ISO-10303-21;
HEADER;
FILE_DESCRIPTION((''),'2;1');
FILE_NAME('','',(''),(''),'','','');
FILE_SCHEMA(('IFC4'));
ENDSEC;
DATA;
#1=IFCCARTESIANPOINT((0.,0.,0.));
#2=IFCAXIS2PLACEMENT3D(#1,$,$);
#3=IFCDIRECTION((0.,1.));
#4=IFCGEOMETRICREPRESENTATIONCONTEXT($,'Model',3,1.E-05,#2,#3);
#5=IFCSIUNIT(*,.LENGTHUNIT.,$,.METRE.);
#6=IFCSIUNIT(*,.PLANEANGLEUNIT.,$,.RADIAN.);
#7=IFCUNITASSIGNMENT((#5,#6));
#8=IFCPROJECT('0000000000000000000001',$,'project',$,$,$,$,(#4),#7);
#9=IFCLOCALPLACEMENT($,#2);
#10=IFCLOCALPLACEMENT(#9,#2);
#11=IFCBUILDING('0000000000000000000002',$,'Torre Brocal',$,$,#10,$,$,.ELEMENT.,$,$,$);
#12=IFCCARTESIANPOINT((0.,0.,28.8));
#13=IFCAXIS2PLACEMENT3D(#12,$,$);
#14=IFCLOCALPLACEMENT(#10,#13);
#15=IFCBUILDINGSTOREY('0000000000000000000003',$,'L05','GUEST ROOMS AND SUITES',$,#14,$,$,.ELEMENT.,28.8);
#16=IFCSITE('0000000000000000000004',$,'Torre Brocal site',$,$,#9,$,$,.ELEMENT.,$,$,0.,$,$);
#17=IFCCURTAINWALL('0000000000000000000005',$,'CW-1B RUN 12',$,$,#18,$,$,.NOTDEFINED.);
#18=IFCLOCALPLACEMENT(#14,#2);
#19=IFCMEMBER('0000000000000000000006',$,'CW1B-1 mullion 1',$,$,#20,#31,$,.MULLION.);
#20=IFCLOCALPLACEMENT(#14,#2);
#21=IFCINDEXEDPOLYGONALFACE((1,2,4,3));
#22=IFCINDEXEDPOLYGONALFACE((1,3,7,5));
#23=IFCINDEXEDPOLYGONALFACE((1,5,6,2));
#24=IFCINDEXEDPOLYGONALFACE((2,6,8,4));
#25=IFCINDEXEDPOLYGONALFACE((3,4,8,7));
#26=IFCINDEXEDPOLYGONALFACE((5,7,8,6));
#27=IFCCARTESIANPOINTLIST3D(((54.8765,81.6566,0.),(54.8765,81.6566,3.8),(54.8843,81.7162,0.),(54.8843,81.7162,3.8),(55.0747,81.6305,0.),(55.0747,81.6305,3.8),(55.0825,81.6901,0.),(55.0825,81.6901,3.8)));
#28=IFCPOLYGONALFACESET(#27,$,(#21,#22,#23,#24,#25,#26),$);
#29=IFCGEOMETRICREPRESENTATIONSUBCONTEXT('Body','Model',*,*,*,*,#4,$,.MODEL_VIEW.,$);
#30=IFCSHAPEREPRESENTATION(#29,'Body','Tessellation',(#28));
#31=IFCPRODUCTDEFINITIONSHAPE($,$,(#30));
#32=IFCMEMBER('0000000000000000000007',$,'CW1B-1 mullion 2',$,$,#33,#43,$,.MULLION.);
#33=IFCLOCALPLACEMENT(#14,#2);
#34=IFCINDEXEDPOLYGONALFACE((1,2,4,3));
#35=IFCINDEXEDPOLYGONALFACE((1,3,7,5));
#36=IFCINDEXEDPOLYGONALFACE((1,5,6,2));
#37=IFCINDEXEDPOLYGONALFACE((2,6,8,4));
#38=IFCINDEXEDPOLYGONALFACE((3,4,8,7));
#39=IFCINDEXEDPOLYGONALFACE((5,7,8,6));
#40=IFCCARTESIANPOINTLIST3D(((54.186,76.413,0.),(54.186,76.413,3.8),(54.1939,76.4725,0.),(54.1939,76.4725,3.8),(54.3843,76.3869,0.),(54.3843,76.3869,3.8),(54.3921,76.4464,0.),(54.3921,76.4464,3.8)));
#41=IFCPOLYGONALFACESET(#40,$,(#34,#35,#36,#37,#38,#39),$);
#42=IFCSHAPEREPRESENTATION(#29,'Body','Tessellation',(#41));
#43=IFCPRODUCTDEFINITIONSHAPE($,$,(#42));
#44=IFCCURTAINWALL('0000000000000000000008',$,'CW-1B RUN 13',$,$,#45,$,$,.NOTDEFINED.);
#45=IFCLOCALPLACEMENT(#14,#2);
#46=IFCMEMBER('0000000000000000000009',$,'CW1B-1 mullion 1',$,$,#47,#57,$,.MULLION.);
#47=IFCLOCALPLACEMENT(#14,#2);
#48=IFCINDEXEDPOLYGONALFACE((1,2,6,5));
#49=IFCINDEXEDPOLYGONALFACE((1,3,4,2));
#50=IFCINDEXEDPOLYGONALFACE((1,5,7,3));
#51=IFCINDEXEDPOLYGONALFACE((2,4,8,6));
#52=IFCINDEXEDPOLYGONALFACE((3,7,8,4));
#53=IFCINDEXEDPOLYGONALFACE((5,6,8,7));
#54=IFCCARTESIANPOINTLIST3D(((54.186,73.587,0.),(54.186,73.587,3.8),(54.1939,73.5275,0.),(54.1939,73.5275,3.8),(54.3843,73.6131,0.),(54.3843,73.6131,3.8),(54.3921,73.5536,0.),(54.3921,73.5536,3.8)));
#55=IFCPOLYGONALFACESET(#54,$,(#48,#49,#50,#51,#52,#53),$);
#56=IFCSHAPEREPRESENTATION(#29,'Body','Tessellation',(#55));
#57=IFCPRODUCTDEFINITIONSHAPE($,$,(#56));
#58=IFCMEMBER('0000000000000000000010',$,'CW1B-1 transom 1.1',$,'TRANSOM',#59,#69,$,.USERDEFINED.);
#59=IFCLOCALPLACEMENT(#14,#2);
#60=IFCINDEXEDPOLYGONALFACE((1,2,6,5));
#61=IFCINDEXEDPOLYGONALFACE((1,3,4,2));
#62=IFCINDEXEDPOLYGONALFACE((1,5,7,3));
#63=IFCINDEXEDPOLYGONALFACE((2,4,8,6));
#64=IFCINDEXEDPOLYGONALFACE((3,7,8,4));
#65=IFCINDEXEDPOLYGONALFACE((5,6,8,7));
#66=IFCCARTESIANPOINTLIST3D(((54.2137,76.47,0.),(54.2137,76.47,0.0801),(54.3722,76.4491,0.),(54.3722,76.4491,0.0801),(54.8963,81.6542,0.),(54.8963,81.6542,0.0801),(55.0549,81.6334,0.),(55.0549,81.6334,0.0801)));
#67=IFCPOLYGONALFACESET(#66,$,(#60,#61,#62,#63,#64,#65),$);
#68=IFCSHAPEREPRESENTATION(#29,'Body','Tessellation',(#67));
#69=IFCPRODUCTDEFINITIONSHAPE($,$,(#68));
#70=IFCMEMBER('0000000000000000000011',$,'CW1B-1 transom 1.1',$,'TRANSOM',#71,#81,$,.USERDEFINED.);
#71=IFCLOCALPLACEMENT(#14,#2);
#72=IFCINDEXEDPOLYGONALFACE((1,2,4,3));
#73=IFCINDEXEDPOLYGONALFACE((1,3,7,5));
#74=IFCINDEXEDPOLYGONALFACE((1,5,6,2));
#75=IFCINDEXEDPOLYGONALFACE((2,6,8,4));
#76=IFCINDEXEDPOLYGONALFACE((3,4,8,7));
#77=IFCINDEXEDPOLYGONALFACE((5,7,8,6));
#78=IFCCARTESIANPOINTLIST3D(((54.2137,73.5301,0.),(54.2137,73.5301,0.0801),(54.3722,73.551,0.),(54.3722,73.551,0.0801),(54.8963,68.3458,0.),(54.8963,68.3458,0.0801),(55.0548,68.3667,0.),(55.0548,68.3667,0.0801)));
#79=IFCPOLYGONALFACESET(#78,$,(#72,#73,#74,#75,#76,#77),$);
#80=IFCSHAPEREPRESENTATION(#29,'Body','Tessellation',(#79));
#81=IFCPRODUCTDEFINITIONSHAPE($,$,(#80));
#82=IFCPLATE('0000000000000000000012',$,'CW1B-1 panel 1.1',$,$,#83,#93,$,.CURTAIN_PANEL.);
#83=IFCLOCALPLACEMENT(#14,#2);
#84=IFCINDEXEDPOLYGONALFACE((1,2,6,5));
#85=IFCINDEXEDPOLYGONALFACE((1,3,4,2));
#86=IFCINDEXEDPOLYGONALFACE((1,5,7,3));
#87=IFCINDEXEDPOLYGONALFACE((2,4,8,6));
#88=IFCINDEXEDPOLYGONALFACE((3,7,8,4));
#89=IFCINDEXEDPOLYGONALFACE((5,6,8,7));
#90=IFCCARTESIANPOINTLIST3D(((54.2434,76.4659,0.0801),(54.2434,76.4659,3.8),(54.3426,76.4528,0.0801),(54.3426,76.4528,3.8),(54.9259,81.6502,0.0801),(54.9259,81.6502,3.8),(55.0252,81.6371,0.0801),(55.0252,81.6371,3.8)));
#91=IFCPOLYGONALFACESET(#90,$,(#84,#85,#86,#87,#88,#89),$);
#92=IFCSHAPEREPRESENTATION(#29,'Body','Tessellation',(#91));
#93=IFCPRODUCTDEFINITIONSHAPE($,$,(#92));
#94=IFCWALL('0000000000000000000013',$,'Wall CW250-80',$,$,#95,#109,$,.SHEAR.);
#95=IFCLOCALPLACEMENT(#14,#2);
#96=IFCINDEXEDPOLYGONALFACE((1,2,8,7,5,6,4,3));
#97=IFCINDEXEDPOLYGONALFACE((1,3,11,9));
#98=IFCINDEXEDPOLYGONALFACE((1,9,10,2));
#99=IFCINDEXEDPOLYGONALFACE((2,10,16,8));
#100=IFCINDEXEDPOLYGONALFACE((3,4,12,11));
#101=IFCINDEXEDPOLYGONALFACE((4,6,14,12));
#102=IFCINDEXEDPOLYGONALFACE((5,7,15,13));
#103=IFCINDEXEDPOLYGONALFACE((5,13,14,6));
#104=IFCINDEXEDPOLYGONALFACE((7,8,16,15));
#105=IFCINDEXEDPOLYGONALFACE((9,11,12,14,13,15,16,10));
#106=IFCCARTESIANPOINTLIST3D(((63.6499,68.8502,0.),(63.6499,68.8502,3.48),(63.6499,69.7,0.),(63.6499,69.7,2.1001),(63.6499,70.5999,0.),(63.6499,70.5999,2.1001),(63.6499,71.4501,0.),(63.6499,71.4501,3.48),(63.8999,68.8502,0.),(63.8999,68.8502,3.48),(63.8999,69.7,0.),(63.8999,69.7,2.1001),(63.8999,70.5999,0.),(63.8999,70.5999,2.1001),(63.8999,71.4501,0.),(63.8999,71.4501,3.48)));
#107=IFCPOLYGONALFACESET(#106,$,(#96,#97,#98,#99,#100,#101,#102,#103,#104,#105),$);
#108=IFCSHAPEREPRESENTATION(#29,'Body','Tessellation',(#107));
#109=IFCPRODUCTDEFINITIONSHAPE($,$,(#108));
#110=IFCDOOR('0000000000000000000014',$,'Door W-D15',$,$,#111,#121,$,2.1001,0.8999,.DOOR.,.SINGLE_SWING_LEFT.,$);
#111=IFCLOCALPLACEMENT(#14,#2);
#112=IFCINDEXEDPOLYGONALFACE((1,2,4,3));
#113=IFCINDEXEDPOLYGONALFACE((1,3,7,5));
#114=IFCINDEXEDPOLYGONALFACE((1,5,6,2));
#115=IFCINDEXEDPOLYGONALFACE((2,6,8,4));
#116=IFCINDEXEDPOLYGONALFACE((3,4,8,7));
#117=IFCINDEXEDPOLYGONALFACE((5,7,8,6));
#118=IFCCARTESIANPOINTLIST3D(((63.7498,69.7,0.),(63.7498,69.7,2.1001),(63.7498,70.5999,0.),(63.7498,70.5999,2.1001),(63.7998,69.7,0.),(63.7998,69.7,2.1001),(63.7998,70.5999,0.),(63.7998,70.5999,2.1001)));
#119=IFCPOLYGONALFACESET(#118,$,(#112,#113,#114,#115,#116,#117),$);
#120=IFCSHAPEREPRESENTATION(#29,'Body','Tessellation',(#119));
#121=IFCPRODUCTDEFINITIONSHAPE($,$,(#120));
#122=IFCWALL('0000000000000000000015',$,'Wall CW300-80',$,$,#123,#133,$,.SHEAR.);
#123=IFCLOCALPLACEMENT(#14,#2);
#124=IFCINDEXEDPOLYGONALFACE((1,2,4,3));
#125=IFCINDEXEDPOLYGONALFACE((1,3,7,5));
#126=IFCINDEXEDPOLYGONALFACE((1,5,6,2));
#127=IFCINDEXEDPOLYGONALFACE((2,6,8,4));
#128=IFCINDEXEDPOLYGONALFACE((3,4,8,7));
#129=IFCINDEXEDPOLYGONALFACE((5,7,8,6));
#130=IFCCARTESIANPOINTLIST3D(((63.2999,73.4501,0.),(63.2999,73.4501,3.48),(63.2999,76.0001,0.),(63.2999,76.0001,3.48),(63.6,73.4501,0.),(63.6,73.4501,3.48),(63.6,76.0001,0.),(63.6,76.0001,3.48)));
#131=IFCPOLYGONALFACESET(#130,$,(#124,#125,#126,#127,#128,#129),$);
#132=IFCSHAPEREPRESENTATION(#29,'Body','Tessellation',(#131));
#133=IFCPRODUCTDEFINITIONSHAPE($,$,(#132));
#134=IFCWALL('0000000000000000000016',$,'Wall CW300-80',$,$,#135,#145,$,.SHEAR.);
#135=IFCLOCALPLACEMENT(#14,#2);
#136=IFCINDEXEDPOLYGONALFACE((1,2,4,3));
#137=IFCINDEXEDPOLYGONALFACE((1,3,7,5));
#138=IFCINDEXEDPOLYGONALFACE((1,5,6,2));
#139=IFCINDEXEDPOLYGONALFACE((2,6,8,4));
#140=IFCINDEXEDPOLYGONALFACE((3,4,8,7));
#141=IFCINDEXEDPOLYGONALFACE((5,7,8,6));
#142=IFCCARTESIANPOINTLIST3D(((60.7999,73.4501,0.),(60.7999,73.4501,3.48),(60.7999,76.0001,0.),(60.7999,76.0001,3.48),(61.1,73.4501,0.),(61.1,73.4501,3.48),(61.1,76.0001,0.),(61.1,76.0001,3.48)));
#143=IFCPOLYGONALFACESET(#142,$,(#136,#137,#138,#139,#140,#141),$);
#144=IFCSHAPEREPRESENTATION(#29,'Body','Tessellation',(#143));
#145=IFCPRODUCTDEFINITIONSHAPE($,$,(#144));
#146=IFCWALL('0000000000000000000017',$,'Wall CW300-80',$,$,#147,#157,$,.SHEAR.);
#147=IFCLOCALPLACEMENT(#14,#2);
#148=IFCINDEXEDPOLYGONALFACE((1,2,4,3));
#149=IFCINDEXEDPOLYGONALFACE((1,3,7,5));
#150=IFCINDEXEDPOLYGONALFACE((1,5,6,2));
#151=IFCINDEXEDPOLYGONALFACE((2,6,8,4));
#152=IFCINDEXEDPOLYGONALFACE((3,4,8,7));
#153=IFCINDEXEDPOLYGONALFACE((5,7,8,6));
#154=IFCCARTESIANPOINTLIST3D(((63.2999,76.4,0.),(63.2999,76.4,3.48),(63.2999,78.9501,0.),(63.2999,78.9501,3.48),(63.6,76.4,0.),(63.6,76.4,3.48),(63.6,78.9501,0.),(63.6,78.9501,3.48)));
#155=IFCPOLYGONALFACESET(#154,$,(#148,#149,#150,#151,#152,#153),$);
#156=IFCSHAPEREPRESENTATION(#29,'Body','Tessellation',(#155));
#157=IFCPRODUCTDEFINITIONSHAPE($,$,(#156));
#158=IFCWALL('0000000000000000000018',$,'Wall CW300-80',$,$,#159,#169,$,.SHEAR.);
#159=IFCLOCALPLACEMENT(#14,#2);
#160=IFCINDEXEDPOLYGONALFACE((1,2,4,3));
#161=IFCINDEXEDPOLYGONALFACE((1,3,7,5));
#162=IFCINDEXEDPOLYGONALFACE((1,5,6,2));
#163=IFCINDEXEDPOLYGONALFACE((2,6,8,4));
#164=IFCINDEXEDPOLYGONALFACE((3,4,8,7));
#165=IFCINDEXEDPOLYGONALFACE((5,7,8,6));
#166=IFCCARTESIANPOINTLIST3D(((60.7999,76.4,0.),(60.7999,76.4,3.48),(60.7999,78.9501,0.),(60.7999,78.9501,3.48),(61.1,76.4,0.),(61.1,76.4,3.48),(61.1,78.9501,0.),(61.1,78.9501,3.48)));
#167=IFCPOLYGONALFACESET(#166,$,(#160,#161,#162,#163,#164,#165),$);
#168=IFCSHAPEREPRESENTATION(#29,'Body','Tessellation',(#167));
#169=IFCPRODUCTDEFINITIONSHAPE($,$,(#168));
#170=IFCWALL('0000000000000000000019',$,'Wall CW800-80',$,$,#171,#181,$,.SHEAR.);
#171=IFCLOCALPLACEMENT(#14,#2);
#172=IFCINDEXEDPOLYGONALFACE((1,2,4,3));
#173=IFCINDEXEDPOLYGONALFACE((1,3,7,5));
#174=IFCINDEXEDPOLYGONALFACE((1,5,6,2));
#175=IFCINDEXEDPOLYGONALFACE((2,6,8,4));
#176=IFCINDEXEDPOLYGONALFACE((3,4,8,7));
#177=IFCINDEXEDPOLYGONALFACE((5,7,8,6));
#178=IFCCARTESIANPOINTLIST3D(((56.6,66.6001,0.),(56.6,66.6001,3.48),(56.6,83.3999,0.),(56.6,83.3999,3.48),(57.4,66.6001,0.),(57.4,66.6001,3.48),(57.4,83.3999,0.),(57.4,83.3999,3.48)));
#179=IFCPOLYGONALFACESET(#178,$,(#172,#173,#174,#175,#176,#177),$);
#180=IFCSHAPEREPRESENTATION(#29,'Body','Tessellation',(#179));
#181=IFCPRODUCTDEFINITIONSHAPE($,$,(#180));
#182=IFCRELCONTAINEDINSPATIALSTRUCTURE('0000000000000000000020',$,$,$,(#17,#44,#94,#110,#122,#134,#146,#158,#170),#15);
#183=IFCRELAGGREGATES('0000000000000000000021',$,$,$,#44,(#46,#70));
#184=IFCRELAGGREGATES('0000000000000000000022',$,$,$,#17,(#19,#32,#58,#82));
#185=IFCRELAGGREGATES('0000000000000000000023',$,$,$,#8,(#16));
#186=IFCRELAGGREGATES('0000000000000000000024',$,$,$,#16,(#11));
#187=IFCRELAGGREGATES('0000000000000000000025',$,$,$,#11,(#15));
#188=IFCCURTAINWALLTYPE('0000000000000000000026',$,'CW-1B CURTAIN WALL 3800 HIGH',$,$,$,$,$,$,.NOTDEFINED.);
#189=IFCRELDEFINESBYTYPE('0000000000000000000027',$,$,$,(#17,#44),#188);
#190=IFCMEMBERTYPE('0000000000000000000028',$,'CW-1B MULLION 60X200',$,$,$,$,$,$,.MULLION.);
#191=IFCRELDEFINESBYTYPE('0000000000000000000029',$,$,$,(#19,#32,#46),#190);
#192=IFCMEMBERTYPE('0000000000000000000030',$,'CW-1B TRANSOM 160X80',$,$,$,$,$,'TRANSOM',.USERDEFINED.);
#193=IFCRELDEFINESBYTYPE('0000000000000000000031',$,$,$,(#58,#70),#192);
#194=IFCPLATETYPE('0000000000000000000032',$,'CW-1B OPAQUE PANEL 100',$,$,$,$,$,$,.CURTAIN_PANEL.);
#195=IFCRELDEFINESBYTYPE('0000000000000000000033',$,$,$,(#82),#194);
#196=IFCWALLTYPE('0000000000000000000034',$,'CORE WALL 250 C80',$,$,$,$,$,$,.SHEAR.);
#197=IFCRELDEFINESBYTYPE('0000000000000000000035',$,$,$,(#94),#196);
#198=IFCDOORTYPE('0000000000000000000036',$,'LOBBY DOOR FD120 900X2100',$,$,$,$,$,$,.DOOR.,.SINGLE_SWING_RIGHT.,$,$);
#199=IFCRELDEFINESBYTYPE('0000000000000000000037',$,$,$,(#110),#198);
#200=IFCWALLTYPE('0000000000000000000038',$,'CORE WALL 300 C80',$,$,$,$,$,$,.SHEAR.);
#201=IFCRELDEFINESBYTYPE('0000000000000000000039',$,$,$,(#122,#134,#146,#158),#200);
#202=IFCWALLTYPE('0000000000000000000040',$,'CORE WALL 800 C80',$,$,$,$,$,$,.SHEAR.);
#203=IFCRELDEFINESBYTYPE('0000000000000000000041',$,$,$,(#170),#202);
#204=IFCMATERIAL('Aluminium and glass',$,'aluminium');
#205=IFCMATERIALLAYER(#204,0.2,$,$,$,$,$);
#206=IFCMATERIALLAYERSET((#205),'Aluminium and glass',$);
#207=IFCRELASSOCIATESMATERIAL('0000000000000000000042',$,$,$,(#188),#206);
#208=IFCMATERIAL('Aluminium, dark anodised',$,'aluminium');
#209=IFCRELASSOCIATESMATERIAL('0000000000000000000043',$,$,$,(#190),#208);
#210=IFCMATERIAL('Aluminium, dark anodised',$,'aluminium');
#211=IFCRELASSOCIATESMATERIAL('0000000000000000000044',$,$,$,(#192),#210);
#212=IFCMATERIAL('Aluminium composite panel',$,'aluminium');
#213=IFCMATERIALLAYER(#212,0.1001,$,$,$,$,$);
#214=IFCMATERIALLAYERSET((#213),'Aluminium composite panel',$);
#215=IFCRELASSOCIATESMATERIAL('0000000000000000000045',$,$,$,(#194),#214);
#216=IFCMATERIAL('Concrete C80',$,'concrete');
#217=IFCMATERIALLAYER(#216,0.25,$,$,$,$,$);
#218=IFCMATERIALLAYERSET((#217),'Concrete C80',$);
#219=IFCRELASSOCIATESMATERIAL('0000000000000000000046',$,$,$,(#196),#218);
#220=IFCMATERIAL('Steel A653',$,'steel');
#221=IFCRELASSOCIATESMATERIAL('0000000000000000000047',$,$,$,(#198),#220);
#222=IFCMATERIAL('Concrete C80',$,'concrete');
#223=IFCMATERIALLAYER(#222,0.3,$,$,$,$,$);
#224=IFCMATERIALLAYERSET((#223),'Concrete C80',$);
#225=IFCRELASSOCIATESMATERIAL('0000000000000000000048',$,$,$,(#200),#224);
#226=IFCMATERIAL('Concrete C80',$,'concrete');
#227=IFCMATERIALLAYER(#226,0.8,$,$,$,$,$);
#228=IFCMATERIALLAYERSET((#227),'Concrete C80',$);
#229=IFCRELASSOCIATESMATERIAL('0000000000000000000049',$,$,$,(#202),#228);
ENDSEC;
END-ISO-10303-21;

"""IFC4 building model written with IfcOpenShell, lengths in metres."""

from ifc_helpers import new_model, si_unit, direction, frame, frame_2d, origin, origin_2d, place, context, subcontext, project, spatial, rectangle, extrude, material, layer, layer_set, material_profile, profile_set, type_object, element, fill, aggregate, save


model = new_model("IFC4")

# Units and contexts
model_context = context("Model", 3, precision=1e-05, world=origin(), true_north=direction((0.0, 1.0)))
body_context = subcontext(model_context, "Body", "Model", "MODEL_VIEW")
ifc_project = project(units=[si_unit("LENGTHUNIT", "METRE"), si_unit("PLANEANGLEUNIT", "RADIAN")], contexts=[model_context])

# Site, building, storey
site_placement = place(None, origin())
site = spatial("IfcSite", under=ifc_project, at=site_placement, Name="Torre Brocal site", CompositionType="ELEMENT", RefElevation=0.0)
building_placement = place(site_placement, origin())
building = spatial("IfcBuilding", under=site, at=building_placement, Name="Torre Brocal", CompositionType="ELEMENT")
storey_placement = place(building_placement, frame((0.0, 0.0, 28.8)))
storey = spatial("IfcBuildingStorey", under=building, at=storey_placement, Name="L05", Description="GUEST ROOMS AND SUITES", CompositionType="ELEMENT", Elevation=28.8)

# Curtain wall, members
ifc_material_1 = material(Name="Aluminium and glass", Category="aluminium")
ifc_layer_1 = layer(ifc_material_1, 0.2)
ifc_layer_set_1 = layer_set([ifc_layer_1], Name="Aluminium and glass")
curtain_wall_type = type_object("IfcCurtainWallType", Name="CW-1B CURTAIN WALL 3800 HIGH", PredefinedType="NOTDEFINED", material=ifc_layer_set_1)
curtain_wall_1_placement = place(storey_placement, origin())
curtain_wall_1 = element("IfcCurtainWall", 1, at=curtain_wall_1_placement, inside=storey, type_object=curtain_wall_type, Name="CW-1B RUN 12", PredefinedType="NOTDEFINED")
ifc_material_2 = material(Name="Aluminium, dark anodised", Category="aluminium")
ifc_material_profile_1 = material_profile(ifc_material_2, rectangle(XDim=0.2, YDim=0.0601, at=origin_2d()), Name="CW-1B MULLION 60X200")
ifc_profile_set_1 = profile_set([ifc_material_profile_1], Name="Aluminium, dark anodised")
member_type_1 = type_object("IfcMemberType", Name="CW-1B MULLION 60X200", PredefinedType="MULLION", material=ifc_profile_set_1)
member_1_placement = place(storey_placement, frame((54.9795, 81.6733, 0.0), z_axis=(0.0, 0.0, 1.0), x_axis=(0.991445, -0.130526, 0.0)))
member_1 = element("IfcMember", 2, at=member_1_placement, type_object=member_type_1, Name="CW1B-1 mullion 1", PredefinedType="MULLION", context=body_context, shape_type="SweptSolid", body=[
    extrude(rectangle(XDim=0.2, YDim=0.0601, at=origin_2d()), origin(), (0.0, 0.0, 1.0), 3.8),
])
member_2_placement = place(storey_placement, frame((54.2891, 76.4297, 0.0), z_axis=(0.0, 0.0, 1.0), x_axis=(0.991445, -0.130526, 0.0)))
member_2 = element("IfcMember", 3, at=member_2_placement, type_object=member_type_1, Name="CW1B-1 mullion 2", PredefinedType="MULLION", context=body_context, shape_type="SweptSolid", body=[
    extrude(rectangle(XDim=0.2, YDim=0.0601, at=origin_2d()), origin(), (0.0, 0.0, 1.0), 3.8),
])

# Curtain wall, member
curtain_wall_2_placement = place(storey_placement, origin())
curtain_wall_2 = element("IfcCurtainWall", 4, at=curtain_wall_2_placement, inside=storey, type_object=curtain_wall_type, Name="CW-1B RUN 13", PredefinedType="NOTDEFINED")
member_3_placement = place(storey_placement, frame((54.2891, 73.5703, 0.0), z_axis=(0.0, 0.0, 1.0), x_axis=(0.991445, 0.130526, 0.0)))
member_3 = element("IfcMember", 5, at=member_3_placement, type_object=member_type_1, Name="CW1B-1 mullion 1", PredefinedType="MULLION", context=body_context, shape_type="SweptSolid", body=[
    extrude(rectangle(XDim=0.2, YDim=0.0601, at=origin_2d()), origin(), (0.0, 0.0, 1.0), 3.8),
])

# Members
ifc_material_3 = material(Name="Aluminium, dark anodised", Category="aluminium")
ifc_material_profile_2 = material_profile(ifc_material_3, rectangle(XDim=0.1599, YDim=0.0801, at=origin_2d()), Name="CW-1B TRANSOM 160X80")
ifc_profile_set_2 = profile_set([ifc_material_profile_2], Name="Aluminium, dark anodised")
member_type_2 = type_object("IfcMemberType", Name="CW-1B TRANSOM 160X80", ElementType="TRANSOM", PredefinedType="USERDEFINED", material=ifc_profile_set_2)
member_4_placement = place(storey_placement, frame((54.9756, 81.6438, 0.04), z_axis=(-0.130543, -0.991443, 0.0), x_axis=(0.991443, -0.130543, 0.0)))
member_4 = element("IfcMember", 6, at=member_4_placement, type_object=member_type_2, Name="CW1B-1 transom 1.1", ObjectType="TRANSOM", PredefinedType="USERDEFINED", context=body_context, shape_type="SweptSolid", body=[
    extrude(rectangle(XDim=0.1599, YDim=0.0801, at=origin_2d()), origin(), (0.0, 0.0, 1.0), 5.229),
])
member_5_placement = place(storey_placement, frame((54.293, 73.5405, 0.04), z_axis=(0.130543, -0.991443, 0.0), x_axis=(0.991443, 0.130543, 0.0)))
member_5 = element("IfcMember", 7, at=member_5_placement, type_object=member_type_2, Name="CW1B-1 transom 1.1", ObjectType="TRANSOM", PredefinedType="USERDEFINED", context=body_context, shape_type="SweptSolid", body=[
    extrude(rectangle(XDim=0.1599, YDim=0.0801, at=origin_2d()), origin(), (0.0, 0.0, 1.0), 5.229),
])
aggregate(curtain_wall_2, [member_3, member_5])

# Plate
ifc_material_4 = material(Name="Aluminium composite panel", Category="aluminium")
ifc_layer_2 = layer(ifc_material_4, 0.1001)
ifc_layer_set_2 = layer_set([ifc_layer_2], Name="Aluminium composite panel")
plate_type = type_object("IfcPlateType", Name="CW-1B OPAQUE PANEL 100", PredefinedType="CURTAIN_PANEL", material=ifc_layer_set_2)
plate_placement = place(storey_placement, frame((54.6343, 79.0515, 0.0801), z_axis=(0.0, 0.0, 1.0), x_axis=(-0.130526, -0.991445, 0.0)))
plate = element("IfcPlate", 8, at=plate_placement, type_object=plate_type, Name="CW1B-1 panel 1.1", PredefinedType="CURTAIN_PANEL", context=body_context, shape_type="SweptSolid", body=[
    extrude(rectangle(XDim=5.229, YDim=0.1001, at=origin_2d()), origin(), (0.0, 0.0, 1.0), 3.72),
])
aggregate(curtain_wall_1, [member_1, member_2, member_4, plate])

# Wall, opening, door
ifc_material_5 = material(Name="Concrete C80", Category="concrete")
ifc_layer_3 = layer(ifc_material_5, 0.25)
ifc_layer_set_3 = layer_set([ifc_layer_3], Name="Concrete C80")
wall_type_1 = type_object("IfcWallType", Name="CORE WALL 250 C80", PredefinedType="SHEAR", material=ifc_layer_set_3)
wall_1_placement = place(storey_placement, frame((63.7749, 71.45, 0.0), z_axis=(0.0, 0.0, 1.0), x_axis=(0.0, -1.0, 0.0)))
wall_1 = element("IfcWall", 9, at=wall_1_placement, inside=storey, type_object=wall_type_1, Name="Wall CW250-80", PredefinedType="SHEAR", context=body_context, shape_type="SweptSolid", body=[
    extrude(rectangle(XDim=2.5999, YDim=0.25, at=frame_2d((1.2998, 0.0))), origin(), (0.0, 0.0, 1.0), 3.48),
])
opening_1_placement = place(wall_1_placement, frame((0.8501, 0.0, 0.0)))
opening_1 = element("IfcOpeningElement", 10, at=opening_1_placement, cuts=wall_1, PredefinedType="OPENING", context=body_context, shape_type="SweptSolid", body=[
    extrude(rectangle(XDim=0.8999, YDim=2.1001, at=frame_2d((0.45, 1.05))), frame((0.0, 0.135, 0.0), z_axis=(0.0, -1.0, 0.0), x_axis=(1.0, 0.0, 0.0)), (0.0, 0.0, 1.0), 0.27),
])
ifc_material_6 = material(Name="Steel A653", Category="steel")
door_type_1 = type_object("IfcDoorType", Name="LOBBY DOOR FD120 900X2100", OperationType="SINGLE_SWING_RIGHT", PredefinedType="DOOR", material=ifc_material_6)
door_1_placement = place(opening_1_placement, origin())
door_1 = element("IfcDoor", 11, at=door_1_placement, inside=storey, type_object=door_type_1, Name="Door W-D15", OperationType="SINGLE_SWING_LEFT", OverallHeight=2.1001, OverallWidth=0.8999, PredefinedType="DOOR", context=body_context, shape_type="SweptSolid", body=[
    extrude(rectangle(XDim=0.8999, YDim=2.1001, at=frame_2d((0.45, 1.05))), frame((0.0, 0.0249, 0.0), z_axis=(0.0, -1.0, 0.0), x_axis=(1.0, 0.0, 0.0)), (0.0, 0.0, 1.0), 0.05),
])
fill(opening_1, door_1)

# Walls
ifc_material_7 = material(Name="Concrete C80", Category="concrete")
ifc_layer_4 = layer(ifc_material_7, 0.3)
ifc_layer_set_4 = layer_set([ifc_layer_4], Name="Concrete C80")
wall_type_2 = type_object("IfcWallType", Name="CORE WALL 300 C80", PredefinedType="SHEAR", material=ifc_layer_set_4)
for number, where, z_axis, x_axis, name in (
    (12, (63.45, 76.0, 0.0), (0.0, 0.0, 1.0), (0.0, -1.0, 0.0), "Wall CW300-80"),
    (13, (60.95, 76.0, 0.0), (0.0, 0.0, 1.0), (0.0, -1.0, 0.0), "Wall CW300-80"),
    (14, (63.45, 78.95, 0.0), (0.0, 0.0, 1.0), (0.0, -1.0, 0.0), "Wall CW300-80"),
    (15, (60.95, 78.95, 0.0), (0.0, 0.0, 1.0), (0.0, -1.0, 0.0), "Wall CW300-80"),
):
    element("IfcWall", number, at=place(storey_placement, frame(where, z_axis=z_axis, x_axis=x_axis)), inside=storey, type_object=wall_type_2, Name=name, PredefinedType="SHEAR", context=body_context, shape_type="SweptSolid", body=[
        extrude(rectangle(XDim=2.55, YDim=0.3, at=frame_2d((1.2749, 0.0))), origin(), (0.0, 0.0, 1.0), 3.48),
    ])
ifc_material_8 = material(Name="Concrete C80", Category="concrete")
ifc_layer_5 = layer(ifc_material_8, 0.8)
ifc_layer_set_5 = layer_set([ifc_layer_5], Name="Concrete C80")
wall_type_3 = type_object("IfcWallType", Name="CORE WALL 800 C80", PredefinedType="SHEAR", material=ifc_layer_set_5)
wall_2_placement = place(storey_placement, frame((57.0, 83.3999, 0.0), z_axis=(0.0, 0.0, 1.0), x_axis=(0.0, -1.0, 0.0)))
element("IfcWall", 16, at=wall_2_placement, inside=storey, type_object=wall_type_3, Name="Wall CW800-80", PredefinedType="SHEAR", context=body_context, shape_type="SweptSolid", body=[
    extrude(rectangle(XDim=16.7998, YDim=0.8, at=frame_2d((8.3999, 0.0))), origin(), (0.0, 0.0, 1.0), 3.48),
])

save(model, "model.ifc")
